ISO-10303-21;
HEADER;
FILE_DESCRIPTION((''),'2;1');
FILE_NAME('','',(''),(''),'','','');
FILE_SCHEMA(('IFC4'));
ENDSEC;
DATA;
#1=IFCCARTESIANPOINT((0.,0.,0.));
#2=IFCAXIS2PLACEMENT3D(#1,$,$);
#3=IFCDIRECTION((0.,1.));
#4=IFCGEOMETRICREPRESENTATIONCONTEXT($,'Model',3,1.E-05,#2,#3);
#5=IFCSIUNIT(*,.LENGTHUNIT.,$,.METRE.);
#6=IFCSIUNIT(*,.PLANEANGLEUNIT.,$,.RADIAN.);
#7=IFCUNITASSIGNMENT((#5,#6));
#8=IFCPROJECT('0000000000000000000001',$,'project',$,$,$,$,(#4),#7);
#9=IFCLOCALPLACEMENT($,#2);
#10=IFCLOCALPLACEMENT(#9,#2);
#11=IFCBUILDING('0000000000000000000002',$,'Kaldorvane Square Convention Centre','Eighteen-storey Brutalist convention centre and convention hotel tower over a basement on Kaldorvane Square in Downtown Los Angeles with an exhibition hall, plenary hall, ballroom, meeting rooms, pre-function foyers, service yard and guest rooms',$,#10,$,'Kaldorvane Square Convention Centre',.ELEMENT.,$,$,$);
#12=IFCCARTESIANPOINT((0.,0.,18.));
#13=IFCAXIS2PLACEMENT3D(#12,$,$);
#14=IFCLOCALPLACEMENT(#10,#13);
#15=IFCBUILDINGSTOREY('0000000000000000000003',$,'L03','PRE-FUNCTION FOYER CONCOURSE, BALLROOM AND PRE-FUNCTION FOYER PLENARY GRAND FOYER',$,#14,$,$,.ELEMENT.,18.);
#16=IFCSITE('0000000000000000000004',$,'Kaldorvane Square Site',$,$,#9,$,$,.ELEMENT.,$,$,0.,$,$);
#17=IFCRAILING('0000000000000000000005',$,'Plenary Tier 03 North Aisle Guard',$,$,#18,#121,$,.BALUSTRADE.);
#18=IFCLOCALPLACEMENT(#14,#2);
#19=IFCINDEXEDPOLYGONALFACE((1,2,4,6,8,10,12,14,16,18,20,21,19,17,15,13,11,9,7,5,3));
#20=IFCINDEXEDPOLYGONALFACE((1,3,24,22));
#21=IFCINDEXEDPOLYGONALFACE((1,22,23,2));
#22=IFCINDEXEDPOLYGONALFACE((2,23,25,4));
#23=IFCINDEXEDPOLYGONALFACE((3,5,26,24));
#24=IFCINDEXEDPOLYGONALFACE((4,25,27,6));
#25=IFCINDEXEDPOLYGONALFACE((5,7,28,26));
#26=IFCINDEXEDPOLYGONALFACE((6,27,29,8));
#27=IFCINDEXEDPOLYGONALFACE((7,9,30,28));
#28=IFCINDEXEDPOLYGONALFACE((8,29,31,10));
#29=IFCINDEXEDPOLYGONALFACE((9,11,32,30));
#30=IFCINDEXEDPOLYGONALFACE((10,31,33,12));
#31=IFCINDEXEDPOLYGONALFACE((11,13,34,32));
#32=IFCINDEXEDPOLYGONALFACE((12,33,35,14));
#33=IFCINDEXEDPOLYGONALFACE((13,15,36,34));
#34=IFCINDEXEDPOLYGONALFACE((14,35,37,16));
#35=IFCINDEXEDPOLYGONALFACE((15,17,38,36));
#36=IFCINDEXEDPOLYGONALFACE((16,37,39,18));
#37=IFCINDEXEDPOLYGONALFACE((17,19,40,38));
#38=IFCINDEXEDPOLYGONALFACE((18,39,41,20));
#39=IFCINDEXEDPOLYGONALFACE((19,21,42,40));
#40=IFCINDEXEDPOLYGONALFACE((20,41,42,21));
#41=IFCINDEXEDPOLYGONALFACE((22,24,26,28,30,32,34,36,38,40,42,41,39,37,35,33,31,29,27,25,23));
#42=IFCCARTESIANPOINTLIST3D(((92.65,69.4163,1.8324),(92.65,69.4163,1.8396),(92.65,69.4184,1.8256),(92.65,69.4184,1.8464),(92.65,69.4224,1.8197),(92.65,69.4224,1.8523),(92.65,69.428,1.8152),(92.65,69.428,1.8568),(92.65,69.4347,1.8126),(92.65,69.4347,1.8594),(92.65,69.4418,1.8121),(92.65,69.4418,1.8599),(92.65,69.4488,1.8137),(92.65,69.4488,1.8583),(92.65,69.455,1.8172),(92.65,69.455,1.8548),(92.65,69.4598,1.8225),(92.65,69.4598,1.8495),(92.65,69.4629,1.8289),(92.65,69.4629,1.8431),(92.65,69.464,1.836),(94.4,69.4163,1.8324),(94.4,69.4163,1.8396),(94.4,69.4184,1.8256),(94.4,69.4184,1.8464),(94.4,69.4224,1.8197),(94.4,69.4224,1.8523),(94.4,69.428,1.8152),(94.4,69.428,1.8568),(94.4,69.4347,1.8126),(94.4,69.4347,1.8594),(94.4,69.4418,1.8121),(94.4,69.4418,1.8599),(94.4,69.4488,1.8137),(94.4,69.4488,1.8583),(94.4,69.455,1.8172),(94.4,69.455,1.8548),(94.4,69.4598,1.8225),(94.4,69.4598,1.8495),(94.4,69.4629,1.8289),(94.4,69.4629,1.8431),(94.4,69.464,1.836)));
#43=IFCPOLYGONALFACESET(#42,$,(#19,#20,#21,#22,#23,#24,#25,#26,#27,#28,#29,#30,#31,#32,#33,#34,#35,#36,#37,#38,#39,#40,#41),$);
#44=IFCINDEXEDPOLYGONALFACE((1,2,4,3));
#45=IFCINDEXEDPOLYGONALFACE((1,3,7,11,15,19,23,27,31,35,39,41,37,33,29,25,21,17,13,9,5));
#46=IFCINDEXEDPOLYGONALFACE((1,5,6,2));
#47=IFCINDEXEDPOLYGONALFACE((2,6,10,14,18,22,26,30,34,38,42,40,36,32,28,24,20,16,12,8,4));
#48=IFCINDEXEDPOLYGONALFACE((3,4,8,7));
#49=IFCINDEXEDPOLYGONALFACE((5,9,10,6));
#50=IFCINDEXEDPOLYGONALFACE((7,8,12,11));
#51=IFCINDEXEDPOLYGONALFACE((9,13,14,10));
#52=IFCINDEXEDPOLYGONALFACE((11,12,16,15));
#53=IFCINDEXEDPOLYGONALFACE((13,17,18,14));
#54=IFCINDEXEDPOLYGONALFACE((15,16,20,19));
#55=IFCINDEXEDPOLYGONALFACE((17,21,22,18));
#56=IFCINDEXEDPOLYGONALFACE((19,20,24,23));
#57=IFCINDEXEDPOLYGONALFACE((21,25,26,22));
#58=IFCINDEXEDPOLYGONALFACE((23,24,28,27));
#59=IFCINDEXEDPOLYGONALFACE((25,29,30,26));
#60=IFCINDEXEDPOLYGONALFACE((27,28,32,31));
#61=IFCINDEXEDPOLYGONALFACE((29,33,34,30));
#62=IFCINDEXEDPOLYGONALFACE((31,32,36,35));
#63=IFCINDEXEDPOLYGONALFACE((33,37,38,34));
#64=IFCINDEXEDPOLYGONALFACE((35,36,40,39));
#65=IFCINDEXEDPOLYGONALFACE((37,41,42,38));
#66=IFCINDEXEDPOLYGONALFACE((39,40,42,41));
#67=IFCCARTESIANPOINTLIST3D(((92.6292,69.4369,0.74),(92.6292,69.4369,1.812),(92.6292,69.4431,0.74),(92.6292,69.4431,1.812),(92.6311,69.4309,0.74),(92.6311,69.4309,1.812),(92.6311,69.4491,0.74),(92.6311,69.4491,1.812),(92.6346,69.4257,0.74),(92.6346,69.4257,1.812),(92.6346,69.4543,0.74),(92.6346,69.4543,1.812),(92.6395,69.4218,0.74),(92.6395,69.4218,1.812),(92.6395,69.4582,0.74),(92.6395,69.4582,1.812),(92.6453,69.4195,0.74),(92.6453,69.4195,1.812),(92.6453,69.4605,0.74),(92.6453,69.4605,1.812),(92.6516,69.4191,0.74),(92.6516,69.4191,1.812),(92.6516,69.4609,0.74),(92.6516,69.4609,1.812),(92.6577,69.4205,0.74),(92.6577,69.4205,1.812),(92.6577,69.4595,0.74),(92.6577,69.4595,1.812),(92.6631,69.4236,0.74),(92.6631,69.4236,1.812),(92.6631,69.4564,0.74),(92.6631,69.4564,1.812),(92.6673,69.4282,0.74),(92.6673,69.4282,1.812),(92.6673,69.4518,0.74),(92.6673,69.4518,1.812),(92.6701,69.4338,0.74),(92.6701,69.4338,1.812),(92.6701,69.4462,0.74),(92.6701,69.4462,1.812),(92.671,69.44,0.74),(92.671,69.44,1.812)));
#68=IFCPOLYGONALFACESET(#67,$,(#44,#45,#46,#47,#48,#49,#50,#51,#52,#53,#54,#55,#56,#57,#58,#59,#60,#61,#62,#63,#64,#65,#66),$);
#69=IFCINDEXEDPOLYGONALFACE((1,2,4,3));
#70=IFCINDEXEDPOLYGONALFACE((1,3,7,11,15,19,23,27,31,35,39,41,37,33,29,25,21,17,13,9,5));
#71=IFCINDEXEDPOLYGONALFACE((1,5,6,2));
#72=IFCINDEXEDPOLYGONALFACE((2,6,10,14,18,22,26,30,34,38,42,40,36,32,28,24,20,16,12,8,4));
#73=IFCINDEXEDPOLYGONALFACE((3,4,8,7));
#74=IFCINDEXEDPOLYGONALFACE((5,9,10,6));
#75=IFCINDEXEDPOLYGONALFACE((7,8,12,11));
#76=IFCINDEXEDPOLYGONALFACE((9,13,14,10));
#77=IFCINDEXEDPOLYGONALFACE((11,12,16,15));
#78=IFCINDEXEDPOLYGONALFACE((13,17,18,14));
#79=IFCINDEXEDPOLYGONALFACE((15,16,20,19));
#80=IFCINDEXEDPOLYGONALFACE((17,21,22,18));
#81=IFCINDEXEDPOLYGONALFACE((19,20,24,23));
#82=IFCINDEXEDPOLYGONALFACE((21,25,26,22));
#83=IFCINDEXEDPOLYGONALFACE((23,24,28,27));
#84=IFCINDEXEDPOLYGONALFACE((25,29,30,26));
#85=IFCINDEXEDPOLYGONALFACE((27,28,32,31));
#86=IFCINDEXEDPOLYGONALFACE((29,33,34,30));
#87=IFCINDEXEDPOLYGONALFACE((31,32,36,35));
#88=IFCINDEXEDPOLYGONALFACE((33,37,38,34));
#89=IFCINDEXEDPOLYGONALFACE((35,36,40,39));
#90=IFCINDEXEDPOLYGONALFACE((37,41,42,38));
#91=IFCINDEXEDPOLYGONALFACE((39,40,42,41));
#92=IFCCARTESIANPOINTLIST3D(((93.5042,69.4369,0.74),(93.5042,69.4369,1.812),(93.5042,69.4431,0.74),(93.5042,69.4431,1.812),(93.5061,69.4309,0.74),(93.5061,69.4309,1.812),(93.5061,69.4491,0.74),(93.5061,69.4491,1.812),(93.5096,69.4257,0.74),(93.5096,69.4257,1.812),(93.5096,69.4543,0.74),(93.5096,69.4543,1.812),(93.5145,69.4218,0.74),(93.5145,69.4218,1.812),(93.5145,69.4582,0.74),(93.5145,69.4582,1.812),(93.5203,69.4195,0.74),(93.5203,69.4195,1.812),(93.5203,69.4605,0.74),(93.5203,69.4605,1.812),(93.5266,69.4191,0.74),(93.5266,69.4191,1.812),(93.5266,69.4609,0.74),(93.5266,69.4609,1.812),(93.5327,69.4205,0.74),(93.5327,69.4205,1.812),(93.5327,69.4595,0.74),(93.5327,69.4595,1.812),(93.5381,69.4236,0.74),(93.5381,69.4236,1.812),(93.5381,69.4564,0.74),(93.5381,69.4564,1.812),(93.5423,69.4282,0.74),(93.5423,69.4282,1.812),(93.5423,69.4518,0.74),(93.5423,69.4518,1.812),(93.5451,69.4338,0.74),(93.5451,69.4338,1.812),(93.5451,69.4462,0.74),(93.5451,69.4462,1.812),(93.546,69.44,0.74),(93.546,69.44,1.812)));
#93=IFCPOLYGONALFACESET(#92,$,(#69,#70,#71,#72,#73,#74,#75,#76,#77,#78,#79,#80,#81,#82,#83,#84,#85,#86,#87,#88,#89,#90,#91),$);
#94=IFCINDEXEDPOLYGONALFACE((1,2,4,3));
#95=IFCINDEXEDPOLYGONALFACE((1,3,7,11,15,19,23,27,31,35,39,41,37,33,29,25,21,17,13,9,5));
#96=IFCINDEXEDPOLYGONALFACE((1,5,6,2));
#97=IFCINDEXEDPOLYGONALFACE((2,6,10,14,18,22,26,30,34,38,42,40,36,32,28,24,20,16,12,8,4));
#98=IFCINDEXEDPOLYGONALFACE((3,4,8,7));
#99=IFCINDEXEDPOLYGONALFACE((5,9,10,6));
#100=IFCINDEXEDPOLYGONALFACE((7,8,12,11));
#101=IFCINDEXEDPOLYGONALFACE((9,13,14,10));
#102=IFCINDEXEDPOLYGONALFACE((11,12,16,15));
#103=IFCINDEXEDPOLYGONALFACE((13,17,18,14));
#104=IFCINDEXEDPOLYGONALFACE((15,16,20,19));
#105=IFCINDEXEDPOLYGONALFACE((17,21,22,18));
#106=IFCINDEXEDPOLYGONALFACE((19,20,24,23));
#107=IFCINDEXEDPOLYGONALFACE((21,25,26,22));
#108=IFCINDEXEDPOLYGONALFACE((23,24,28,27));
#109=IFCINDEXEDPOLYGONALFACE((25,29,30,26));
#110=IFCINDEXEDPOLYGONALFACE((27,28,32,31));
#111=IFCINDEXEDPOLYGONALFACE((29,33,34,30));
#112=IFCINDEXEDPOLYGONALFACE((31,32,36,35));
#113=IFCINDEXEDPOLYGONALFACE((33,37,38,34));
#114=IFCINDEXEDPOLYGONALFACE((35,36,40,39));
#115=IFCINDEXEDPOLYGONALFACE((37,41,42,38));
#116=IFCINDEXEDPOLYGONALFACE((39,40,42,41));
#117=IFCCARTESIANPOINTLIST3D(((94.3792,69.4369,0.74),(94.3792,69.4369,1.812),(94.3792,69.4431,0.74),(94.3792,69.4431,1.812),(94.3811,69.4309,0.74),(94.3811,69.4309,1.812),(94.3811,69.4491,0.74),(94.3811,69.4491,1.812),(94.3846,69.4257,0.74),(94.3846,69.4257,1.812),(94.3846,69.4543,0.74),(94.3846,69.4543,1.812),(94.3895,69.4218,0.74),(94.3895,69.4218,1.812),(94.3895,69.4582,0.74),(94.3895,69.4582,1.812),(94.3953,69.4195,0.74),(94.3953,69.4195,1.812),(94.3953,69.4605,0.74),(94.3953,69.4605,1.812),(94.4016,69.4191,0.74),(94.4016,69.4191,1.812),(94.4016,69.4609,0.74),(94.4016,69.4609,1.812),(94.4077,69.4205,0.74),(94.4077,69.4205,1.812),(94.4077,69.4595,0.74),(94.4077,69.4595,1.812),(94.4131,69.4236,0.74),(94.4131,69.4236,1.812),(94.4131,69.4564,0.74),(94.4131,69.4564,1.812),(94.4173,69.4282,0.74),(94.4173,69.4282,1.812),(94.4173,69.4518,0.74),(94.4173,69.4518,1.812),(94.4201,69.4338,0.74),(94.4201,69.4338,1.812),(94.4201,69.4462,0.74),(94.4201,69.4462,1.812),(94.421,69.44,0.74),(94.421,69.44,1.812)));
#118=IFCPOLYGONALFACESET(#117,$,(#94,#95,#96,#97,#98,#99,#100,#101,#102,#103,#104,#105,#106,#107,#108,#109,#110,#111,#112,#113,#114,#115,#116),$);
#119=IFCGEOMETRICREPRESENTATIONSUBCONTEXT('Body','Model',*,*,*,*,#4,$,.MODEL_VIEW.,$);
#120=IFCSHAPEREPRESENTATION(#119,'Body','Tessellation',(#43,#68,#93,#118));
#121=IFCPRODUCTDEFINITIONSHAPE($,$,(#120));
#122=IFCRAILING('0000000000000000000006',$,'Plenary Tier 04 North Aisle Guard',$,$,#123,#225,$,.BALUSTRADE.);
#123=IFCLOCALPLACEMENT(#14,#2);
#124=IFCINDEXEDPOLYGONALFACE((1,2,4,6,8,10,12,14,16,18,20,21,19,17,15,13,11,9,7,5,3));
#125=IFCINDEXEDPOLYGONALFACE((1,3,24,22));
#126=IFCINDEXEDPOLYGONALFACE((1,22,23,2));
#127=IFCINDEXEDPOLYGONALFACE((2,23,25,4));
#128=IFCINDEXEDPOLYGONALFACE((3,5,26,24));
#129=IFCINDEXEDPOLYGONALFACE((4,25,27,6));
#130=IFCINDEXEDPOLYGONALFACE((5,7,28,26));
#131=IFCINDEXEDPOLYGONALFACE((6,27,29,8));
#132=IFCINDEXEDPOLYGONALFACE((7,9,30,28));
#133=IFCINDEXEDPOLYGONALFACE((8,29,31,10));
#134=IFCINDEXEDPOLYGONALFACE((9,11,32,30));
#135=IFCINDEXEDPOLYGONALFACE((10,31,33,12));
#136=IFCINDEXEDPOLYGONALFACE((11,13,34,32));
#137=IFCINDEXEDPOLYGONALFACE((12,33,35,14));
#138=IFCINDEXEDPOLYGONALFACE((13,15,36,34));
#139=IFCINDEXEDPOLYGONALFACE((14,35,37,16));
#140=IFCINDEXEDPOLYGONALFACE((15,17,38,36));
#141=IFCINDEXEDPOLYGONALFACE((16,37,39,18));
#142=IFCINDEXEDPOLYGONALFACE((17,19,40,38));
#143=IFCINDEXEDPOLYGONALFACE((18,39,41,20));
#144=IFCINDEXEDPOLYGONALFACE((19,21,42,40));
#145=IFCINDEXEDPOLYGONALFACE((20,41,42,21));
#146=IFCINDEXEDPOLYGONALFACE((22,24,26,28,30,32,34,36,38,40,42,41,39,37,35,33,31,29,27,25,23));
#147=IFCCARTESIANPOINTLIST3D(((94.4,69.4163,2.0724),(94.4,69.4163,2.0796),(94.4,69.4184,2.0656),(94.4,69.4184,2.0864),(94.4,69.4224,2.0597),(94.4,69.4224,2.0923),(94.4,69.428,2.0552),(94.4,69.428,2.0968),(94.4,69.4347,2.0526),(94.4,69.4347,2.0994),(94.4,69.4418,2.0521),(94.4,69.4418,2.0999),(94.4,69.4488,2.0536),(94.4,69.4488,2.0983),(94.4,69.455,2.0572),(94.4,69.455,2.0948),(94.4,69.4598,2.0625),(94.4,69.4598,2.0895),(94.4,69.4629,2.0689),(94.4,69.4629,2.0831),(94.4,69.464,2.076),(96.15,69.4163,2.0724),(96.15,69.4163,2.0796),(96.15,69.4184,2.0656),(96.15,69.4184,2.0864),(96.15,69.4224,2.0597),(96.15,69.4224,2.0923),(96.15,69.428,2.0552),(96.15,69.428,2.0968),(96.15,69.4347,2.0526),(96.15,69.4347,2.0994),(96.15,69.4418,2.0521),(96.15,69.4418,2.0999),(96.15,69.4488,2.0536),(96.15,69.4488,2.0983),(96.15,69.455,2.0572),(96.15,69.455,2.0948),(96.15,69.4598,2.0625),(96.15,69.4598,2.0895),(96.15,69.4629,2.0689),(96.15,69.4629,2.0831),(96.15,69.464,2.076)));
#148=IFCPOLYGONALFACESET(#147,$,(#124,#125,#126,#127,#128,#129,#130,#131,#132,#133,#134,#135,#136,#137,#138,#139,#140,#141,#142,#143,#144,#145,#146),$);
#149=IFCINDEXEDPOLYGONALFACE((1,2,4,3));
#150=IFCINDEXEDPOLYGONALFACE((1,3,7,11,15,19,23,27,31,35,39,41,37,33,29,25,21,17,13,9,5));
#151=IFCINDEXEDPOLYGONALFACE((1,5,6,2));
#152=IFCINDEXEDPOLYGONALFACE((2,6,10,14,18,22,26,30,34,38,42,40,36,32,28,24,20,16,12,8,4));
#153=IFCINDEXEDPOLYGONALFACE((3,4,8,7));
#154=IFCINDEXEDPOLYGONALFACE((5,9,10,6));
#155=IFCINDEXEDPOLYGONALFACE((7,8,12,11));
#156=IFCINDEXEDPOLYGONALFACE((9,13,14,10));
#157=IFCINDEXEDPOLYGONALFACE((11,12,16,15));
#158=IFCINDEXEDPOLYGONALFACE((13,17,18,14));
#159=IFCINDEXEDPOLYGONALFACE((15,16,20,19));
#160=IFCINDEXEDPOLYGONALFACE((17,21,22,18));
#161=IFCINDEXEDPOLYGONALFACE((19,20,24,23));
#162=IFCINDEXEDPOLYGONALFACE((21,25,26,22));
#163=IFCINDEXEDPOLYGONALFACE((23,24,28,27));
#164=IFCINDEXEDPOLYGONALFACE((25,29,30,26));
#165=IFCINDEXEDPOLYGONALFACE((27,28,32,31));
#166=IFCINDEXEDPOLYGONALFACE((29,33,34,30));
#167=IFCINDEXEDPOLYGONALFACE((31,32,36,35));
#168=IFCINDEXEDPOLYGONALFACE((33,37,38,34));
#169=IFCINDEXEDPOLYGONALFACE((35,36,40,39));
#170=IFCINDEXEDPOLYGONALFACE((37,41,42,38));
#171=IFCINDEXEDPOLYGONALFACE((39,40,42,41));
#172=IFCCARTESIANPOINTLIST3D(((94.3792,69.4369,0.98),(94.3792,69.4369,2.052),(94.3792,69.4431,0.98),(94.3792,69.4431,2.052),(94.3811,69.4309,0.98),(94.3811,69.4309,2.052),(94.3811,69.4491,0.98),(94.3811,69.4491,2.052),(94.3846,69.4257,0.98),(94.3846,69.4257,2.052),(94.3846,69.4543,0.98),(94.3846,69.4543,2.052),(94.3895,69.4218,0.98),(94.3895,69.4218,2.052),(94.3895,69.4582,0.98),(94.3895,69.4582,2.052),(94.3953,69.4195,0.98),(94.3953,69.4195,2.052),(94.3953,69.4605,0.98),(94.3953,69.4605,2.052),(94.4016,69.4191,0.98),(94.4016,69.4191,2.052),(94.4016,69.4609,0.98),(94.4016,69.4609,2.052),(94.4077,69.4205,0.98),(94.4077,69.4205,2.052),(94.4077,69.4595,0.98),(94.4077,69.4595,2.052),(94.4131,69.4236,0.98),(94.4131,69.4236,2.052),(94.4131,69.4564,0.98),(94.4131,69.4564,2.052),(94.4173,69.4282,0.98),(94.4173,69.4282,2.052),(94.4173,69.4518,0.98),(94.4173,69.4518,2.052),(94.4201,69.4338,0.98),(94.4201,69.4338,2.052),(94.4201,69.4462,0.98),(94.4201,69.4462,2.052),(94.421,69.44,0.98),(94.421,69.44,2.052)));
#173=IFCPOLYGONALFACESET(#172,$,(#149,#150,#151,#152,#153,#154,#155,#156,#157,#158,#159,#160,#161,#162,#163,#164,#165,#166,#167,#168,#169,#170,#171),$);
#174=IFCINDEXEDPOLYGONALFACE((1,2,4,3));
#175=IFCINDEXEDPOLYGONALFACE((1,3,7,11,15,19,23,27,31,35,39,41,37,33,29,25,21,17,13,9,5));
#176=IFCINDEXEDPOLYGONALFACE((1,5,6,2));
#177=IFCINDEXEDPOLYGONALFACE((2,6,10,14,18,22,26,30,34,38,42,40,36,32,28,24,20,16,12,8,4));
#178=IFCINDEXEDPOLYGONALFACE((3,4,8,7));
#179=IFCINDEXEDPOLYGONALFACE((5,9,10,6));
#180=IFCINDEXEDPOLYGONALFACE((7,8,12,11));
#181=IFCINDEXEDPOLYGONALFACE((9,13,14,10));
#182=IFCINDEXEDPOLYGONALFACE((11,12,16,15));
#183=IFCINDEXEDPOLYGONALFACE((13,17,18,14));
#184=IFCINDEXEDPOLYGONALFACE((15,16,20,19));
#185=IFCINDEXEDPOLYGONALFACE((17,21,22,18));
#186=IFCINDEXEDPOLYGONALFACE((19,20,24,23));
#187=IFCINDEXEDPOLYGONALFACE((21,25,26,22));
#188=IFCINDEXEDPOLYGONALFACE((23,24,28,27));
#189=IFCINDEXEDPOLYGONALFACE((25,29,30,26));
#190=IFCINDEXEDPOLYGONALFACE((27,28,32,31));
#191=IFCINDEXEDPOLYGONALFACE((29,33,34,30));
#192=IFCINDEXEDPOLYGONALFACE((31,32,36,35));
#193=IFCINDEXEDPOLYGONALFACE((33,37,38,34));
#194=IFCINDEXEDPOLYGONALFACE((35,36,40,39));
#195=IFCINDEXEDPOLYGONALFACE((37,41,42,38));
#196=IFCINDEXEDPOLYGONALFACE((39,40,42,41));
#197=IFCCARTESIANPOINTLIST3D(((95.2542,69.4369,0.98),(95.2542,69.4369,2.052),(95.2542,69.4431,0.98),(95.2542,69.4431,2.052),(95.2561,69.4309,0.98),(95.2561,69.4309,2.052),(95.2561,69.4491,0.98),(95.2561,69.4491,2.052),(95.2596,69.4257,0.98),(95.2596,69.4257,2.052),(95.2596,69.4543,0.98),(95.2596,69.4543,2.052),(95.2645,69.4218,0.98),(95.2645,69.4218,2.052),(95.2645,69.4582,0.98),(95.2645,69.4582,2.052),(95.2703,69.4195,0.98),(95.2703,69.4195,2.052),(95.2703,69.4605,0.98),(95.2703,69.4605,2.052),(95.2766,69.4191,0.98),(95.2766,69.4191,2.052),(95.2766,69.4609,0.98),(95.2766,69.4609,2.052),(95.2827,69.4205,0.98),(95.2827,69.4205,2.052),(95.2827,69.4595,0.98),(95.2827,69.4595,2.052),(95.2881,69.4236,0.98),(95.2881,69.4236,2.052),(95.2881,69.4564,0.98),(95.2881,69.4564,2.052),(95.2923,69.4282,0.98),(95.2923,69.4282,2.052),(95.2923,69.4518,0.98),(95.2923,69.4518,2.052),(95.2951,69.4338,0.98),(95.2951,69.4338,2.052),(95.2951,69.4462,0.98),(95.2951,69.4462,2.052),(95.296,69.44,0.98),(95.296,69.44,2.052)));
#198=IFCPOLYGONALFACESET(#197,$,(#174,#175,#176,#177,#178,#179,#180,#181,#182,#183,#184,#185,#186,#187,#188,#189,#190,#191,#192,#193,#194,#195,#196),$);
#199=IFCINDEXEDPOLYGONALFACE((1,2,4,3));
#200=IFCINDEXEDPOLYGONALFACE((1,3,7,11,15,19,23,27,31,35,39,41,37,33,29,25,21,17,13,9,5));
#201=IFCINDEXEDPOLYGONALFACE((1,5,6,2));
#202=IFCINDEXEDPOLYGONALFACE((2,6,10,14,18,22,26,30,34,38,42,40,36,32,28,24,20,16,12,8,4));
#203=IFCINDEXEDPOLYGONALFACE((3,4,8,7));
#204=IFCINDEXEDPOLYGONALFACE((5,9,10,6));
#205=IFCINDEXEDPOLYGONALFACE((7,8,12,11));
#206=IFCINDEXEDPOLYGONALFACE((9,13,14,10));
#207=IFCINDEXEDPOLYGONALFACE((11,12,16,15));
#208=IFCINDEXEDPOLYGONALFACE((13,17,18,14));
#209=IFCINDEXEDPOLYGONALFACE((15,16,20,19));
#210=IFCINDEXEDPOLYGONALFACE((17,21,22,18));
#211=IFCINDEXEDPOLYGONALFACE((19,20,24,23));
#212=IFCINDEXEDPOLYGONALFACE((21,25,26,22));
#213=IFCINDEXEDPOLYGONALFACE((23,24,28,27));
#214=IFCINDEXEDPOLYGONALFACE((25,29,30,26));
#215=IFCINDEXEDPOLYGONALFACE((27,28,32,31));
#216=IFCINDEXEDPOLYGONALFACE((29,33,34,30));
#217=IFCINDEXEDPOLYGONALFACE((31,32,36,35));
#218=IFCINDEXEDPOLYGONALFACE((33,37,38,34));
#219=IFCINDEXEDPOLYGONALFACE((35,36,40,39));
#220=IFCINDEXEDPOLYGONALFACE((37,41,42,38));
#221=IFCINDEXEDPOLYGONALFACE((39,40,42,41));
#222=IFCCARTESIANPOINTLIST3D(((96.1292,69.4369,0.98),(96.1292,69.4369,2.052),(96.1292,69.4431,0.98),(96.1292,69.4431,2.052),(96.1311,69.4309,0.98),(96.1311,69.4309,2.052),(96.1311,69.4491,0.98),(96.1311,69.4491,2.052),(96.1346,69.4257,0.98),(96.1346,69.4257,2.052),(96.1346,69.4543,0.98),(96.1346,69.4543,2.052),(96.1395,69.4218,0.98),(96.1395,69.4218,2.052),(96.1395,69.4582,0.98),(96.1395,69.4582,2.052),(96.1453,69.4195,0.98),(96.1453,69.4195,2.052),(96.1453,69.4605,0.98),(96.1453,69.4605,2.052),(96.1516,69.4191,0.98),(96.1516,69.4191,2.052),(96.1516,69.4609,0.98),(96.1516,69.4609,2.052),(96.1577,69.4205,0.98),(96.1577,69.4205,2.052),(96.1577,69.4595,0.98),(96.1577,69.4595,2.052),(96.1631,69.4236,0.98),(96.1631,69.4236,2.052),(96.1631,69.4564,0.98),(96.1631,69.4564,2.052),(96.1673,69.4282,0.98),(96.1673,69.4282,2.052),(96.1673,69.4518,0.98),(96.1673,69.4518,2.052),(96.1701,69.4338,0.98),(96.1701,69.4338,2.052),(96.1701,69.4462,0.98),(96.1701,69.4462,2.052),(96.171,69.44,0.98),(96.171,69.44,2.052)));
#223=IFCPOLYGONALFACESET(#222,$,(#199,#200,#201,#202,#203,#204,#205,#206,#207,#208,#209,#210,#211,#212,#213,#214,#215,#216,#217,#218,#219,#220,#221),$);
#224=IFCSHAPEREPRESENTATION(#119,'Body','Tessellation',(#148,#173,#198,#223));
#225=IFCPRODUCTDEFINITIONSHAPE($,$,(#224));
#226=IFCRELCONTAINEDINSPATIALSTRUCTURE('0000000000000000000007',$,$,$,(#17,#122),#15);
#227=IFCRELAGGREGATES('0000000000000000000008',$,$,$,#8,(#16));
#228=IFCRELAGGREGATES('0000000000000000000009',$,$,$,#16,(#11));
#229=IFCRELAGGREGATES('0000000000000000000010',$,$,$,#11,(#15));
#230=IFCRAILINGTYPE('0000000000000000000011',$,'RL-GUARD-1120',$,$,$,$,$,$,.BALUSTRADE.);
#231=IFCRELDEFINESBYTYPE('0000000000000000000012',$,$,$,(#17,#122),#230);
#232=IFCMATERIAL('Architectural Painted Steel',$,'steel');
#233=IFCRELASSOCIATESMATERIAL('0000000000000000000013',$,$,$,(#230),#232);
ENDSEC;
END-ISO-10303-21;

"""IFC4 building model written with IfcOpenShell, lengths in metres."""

from ifc_helpers import new_model, si_unit, direction, frame, origin, origin_2d, place, context, subcontext, project, spatial, circle, extrude, material, type_object, element, save


model = new_model("IFC4")

# Units and contexts
model_context = context("Model", 3, precision=1e-05, world=origin(), true_north=direction((0.0, 1.0)))
body_context = subcontext(model_context, "Body", "Model", "MODEL_VIEW")
ifc_project = project(units=[si_unit("LENGTHUNIT", "METRE"), si_unit("PLANEANGLEUNIT", "RADIAN")], contexts=[model_context])

# Site, building, storey
site_placement = place(None, origin())
site = spatial("IfcSite", under=ifc_project, at=site_placement, Name="Kaldorvane Square Site", CompositionType="ELEMENT", RefElevation=0.0)
building_placement = place(site_placement, origin())
building = spatial("IfcBuilding", under=site, at=building_placement, Name="Kaldorvane Square Convention Centre", Description="Eighteen-storey Brutalist convention centre and convention hotel tower over a basement on Kaldorvane Square in Downtown Los Angeles with an exhibition hall, plenary hall, ballroom, meeting rooms, pre-function foyers, service yard and guest rooms", LongName="Kaldorvane Square Convention Centre", CompositionType="ELEMENT")
storey_placement = place(building_placement, frame((0.0, 0.0, 18.0)))
storey = spatial("IfcBuildingStorey", under=building, at=storey_placement, Name="L03", Description="PRE-FUNCTION FOYER CONCOURSE, BALLROOM AND PRE-FUNCTION FOYER PLENARY GRAND FOYER", CompositionType="ELEMENT", Elevation=18.0)

# Railings
ifc_material_1 = material(Name="Architectural Painted Steel", Category="steel")
railing_type_1 = type_object("IfcRailingType", Name="RL-GUARD-1120", PredefinedType="BALUSTRADE", material=ifc_material_1)
for number, where, name in (
    (1, (92.65, 69.44, 0.74), "Plenary Tier 03 North Aisle Guard"),
    (2, (94.4, 69.44, 0.98), "Plenary Tier 04 North Aisle Guard"),
):
    element("IfcRailing", number, at=place(storey_placement, frame(where)), inside=storey, type_object=railing_type_1, Name=name, PredefinedType="BALUSTRADE", context=body_context, shape_type="SweptSolid", body=[
        extrude(circle(Radius=0.024, at=origin_2d()), frame((0.0, 0.0, 1.096), z_axis=(1.0, 0.0, 0.0), x_axis=(0.0, 1.0, 0.0)), (0.0, 0.0, 1.0), 1.75),
        extrude(circle(Radius=0.021, at=origin_2d()), origin(), (0.0, 0.0, 1.0), 1.072),
        extrude(circle(Radius=0.021, at=origin_2d()), frame((0.875, 0.0, 0.0)), (0.0, 0.0, 1.0), 1.072),
        extrude(circle(Radius=0.021, at=origin_2d()), frame((1.75, 0.0, 0.0)), (0.0, 0.0, 1.0), 1.072),
    ])

save(model, "model.ifc")
